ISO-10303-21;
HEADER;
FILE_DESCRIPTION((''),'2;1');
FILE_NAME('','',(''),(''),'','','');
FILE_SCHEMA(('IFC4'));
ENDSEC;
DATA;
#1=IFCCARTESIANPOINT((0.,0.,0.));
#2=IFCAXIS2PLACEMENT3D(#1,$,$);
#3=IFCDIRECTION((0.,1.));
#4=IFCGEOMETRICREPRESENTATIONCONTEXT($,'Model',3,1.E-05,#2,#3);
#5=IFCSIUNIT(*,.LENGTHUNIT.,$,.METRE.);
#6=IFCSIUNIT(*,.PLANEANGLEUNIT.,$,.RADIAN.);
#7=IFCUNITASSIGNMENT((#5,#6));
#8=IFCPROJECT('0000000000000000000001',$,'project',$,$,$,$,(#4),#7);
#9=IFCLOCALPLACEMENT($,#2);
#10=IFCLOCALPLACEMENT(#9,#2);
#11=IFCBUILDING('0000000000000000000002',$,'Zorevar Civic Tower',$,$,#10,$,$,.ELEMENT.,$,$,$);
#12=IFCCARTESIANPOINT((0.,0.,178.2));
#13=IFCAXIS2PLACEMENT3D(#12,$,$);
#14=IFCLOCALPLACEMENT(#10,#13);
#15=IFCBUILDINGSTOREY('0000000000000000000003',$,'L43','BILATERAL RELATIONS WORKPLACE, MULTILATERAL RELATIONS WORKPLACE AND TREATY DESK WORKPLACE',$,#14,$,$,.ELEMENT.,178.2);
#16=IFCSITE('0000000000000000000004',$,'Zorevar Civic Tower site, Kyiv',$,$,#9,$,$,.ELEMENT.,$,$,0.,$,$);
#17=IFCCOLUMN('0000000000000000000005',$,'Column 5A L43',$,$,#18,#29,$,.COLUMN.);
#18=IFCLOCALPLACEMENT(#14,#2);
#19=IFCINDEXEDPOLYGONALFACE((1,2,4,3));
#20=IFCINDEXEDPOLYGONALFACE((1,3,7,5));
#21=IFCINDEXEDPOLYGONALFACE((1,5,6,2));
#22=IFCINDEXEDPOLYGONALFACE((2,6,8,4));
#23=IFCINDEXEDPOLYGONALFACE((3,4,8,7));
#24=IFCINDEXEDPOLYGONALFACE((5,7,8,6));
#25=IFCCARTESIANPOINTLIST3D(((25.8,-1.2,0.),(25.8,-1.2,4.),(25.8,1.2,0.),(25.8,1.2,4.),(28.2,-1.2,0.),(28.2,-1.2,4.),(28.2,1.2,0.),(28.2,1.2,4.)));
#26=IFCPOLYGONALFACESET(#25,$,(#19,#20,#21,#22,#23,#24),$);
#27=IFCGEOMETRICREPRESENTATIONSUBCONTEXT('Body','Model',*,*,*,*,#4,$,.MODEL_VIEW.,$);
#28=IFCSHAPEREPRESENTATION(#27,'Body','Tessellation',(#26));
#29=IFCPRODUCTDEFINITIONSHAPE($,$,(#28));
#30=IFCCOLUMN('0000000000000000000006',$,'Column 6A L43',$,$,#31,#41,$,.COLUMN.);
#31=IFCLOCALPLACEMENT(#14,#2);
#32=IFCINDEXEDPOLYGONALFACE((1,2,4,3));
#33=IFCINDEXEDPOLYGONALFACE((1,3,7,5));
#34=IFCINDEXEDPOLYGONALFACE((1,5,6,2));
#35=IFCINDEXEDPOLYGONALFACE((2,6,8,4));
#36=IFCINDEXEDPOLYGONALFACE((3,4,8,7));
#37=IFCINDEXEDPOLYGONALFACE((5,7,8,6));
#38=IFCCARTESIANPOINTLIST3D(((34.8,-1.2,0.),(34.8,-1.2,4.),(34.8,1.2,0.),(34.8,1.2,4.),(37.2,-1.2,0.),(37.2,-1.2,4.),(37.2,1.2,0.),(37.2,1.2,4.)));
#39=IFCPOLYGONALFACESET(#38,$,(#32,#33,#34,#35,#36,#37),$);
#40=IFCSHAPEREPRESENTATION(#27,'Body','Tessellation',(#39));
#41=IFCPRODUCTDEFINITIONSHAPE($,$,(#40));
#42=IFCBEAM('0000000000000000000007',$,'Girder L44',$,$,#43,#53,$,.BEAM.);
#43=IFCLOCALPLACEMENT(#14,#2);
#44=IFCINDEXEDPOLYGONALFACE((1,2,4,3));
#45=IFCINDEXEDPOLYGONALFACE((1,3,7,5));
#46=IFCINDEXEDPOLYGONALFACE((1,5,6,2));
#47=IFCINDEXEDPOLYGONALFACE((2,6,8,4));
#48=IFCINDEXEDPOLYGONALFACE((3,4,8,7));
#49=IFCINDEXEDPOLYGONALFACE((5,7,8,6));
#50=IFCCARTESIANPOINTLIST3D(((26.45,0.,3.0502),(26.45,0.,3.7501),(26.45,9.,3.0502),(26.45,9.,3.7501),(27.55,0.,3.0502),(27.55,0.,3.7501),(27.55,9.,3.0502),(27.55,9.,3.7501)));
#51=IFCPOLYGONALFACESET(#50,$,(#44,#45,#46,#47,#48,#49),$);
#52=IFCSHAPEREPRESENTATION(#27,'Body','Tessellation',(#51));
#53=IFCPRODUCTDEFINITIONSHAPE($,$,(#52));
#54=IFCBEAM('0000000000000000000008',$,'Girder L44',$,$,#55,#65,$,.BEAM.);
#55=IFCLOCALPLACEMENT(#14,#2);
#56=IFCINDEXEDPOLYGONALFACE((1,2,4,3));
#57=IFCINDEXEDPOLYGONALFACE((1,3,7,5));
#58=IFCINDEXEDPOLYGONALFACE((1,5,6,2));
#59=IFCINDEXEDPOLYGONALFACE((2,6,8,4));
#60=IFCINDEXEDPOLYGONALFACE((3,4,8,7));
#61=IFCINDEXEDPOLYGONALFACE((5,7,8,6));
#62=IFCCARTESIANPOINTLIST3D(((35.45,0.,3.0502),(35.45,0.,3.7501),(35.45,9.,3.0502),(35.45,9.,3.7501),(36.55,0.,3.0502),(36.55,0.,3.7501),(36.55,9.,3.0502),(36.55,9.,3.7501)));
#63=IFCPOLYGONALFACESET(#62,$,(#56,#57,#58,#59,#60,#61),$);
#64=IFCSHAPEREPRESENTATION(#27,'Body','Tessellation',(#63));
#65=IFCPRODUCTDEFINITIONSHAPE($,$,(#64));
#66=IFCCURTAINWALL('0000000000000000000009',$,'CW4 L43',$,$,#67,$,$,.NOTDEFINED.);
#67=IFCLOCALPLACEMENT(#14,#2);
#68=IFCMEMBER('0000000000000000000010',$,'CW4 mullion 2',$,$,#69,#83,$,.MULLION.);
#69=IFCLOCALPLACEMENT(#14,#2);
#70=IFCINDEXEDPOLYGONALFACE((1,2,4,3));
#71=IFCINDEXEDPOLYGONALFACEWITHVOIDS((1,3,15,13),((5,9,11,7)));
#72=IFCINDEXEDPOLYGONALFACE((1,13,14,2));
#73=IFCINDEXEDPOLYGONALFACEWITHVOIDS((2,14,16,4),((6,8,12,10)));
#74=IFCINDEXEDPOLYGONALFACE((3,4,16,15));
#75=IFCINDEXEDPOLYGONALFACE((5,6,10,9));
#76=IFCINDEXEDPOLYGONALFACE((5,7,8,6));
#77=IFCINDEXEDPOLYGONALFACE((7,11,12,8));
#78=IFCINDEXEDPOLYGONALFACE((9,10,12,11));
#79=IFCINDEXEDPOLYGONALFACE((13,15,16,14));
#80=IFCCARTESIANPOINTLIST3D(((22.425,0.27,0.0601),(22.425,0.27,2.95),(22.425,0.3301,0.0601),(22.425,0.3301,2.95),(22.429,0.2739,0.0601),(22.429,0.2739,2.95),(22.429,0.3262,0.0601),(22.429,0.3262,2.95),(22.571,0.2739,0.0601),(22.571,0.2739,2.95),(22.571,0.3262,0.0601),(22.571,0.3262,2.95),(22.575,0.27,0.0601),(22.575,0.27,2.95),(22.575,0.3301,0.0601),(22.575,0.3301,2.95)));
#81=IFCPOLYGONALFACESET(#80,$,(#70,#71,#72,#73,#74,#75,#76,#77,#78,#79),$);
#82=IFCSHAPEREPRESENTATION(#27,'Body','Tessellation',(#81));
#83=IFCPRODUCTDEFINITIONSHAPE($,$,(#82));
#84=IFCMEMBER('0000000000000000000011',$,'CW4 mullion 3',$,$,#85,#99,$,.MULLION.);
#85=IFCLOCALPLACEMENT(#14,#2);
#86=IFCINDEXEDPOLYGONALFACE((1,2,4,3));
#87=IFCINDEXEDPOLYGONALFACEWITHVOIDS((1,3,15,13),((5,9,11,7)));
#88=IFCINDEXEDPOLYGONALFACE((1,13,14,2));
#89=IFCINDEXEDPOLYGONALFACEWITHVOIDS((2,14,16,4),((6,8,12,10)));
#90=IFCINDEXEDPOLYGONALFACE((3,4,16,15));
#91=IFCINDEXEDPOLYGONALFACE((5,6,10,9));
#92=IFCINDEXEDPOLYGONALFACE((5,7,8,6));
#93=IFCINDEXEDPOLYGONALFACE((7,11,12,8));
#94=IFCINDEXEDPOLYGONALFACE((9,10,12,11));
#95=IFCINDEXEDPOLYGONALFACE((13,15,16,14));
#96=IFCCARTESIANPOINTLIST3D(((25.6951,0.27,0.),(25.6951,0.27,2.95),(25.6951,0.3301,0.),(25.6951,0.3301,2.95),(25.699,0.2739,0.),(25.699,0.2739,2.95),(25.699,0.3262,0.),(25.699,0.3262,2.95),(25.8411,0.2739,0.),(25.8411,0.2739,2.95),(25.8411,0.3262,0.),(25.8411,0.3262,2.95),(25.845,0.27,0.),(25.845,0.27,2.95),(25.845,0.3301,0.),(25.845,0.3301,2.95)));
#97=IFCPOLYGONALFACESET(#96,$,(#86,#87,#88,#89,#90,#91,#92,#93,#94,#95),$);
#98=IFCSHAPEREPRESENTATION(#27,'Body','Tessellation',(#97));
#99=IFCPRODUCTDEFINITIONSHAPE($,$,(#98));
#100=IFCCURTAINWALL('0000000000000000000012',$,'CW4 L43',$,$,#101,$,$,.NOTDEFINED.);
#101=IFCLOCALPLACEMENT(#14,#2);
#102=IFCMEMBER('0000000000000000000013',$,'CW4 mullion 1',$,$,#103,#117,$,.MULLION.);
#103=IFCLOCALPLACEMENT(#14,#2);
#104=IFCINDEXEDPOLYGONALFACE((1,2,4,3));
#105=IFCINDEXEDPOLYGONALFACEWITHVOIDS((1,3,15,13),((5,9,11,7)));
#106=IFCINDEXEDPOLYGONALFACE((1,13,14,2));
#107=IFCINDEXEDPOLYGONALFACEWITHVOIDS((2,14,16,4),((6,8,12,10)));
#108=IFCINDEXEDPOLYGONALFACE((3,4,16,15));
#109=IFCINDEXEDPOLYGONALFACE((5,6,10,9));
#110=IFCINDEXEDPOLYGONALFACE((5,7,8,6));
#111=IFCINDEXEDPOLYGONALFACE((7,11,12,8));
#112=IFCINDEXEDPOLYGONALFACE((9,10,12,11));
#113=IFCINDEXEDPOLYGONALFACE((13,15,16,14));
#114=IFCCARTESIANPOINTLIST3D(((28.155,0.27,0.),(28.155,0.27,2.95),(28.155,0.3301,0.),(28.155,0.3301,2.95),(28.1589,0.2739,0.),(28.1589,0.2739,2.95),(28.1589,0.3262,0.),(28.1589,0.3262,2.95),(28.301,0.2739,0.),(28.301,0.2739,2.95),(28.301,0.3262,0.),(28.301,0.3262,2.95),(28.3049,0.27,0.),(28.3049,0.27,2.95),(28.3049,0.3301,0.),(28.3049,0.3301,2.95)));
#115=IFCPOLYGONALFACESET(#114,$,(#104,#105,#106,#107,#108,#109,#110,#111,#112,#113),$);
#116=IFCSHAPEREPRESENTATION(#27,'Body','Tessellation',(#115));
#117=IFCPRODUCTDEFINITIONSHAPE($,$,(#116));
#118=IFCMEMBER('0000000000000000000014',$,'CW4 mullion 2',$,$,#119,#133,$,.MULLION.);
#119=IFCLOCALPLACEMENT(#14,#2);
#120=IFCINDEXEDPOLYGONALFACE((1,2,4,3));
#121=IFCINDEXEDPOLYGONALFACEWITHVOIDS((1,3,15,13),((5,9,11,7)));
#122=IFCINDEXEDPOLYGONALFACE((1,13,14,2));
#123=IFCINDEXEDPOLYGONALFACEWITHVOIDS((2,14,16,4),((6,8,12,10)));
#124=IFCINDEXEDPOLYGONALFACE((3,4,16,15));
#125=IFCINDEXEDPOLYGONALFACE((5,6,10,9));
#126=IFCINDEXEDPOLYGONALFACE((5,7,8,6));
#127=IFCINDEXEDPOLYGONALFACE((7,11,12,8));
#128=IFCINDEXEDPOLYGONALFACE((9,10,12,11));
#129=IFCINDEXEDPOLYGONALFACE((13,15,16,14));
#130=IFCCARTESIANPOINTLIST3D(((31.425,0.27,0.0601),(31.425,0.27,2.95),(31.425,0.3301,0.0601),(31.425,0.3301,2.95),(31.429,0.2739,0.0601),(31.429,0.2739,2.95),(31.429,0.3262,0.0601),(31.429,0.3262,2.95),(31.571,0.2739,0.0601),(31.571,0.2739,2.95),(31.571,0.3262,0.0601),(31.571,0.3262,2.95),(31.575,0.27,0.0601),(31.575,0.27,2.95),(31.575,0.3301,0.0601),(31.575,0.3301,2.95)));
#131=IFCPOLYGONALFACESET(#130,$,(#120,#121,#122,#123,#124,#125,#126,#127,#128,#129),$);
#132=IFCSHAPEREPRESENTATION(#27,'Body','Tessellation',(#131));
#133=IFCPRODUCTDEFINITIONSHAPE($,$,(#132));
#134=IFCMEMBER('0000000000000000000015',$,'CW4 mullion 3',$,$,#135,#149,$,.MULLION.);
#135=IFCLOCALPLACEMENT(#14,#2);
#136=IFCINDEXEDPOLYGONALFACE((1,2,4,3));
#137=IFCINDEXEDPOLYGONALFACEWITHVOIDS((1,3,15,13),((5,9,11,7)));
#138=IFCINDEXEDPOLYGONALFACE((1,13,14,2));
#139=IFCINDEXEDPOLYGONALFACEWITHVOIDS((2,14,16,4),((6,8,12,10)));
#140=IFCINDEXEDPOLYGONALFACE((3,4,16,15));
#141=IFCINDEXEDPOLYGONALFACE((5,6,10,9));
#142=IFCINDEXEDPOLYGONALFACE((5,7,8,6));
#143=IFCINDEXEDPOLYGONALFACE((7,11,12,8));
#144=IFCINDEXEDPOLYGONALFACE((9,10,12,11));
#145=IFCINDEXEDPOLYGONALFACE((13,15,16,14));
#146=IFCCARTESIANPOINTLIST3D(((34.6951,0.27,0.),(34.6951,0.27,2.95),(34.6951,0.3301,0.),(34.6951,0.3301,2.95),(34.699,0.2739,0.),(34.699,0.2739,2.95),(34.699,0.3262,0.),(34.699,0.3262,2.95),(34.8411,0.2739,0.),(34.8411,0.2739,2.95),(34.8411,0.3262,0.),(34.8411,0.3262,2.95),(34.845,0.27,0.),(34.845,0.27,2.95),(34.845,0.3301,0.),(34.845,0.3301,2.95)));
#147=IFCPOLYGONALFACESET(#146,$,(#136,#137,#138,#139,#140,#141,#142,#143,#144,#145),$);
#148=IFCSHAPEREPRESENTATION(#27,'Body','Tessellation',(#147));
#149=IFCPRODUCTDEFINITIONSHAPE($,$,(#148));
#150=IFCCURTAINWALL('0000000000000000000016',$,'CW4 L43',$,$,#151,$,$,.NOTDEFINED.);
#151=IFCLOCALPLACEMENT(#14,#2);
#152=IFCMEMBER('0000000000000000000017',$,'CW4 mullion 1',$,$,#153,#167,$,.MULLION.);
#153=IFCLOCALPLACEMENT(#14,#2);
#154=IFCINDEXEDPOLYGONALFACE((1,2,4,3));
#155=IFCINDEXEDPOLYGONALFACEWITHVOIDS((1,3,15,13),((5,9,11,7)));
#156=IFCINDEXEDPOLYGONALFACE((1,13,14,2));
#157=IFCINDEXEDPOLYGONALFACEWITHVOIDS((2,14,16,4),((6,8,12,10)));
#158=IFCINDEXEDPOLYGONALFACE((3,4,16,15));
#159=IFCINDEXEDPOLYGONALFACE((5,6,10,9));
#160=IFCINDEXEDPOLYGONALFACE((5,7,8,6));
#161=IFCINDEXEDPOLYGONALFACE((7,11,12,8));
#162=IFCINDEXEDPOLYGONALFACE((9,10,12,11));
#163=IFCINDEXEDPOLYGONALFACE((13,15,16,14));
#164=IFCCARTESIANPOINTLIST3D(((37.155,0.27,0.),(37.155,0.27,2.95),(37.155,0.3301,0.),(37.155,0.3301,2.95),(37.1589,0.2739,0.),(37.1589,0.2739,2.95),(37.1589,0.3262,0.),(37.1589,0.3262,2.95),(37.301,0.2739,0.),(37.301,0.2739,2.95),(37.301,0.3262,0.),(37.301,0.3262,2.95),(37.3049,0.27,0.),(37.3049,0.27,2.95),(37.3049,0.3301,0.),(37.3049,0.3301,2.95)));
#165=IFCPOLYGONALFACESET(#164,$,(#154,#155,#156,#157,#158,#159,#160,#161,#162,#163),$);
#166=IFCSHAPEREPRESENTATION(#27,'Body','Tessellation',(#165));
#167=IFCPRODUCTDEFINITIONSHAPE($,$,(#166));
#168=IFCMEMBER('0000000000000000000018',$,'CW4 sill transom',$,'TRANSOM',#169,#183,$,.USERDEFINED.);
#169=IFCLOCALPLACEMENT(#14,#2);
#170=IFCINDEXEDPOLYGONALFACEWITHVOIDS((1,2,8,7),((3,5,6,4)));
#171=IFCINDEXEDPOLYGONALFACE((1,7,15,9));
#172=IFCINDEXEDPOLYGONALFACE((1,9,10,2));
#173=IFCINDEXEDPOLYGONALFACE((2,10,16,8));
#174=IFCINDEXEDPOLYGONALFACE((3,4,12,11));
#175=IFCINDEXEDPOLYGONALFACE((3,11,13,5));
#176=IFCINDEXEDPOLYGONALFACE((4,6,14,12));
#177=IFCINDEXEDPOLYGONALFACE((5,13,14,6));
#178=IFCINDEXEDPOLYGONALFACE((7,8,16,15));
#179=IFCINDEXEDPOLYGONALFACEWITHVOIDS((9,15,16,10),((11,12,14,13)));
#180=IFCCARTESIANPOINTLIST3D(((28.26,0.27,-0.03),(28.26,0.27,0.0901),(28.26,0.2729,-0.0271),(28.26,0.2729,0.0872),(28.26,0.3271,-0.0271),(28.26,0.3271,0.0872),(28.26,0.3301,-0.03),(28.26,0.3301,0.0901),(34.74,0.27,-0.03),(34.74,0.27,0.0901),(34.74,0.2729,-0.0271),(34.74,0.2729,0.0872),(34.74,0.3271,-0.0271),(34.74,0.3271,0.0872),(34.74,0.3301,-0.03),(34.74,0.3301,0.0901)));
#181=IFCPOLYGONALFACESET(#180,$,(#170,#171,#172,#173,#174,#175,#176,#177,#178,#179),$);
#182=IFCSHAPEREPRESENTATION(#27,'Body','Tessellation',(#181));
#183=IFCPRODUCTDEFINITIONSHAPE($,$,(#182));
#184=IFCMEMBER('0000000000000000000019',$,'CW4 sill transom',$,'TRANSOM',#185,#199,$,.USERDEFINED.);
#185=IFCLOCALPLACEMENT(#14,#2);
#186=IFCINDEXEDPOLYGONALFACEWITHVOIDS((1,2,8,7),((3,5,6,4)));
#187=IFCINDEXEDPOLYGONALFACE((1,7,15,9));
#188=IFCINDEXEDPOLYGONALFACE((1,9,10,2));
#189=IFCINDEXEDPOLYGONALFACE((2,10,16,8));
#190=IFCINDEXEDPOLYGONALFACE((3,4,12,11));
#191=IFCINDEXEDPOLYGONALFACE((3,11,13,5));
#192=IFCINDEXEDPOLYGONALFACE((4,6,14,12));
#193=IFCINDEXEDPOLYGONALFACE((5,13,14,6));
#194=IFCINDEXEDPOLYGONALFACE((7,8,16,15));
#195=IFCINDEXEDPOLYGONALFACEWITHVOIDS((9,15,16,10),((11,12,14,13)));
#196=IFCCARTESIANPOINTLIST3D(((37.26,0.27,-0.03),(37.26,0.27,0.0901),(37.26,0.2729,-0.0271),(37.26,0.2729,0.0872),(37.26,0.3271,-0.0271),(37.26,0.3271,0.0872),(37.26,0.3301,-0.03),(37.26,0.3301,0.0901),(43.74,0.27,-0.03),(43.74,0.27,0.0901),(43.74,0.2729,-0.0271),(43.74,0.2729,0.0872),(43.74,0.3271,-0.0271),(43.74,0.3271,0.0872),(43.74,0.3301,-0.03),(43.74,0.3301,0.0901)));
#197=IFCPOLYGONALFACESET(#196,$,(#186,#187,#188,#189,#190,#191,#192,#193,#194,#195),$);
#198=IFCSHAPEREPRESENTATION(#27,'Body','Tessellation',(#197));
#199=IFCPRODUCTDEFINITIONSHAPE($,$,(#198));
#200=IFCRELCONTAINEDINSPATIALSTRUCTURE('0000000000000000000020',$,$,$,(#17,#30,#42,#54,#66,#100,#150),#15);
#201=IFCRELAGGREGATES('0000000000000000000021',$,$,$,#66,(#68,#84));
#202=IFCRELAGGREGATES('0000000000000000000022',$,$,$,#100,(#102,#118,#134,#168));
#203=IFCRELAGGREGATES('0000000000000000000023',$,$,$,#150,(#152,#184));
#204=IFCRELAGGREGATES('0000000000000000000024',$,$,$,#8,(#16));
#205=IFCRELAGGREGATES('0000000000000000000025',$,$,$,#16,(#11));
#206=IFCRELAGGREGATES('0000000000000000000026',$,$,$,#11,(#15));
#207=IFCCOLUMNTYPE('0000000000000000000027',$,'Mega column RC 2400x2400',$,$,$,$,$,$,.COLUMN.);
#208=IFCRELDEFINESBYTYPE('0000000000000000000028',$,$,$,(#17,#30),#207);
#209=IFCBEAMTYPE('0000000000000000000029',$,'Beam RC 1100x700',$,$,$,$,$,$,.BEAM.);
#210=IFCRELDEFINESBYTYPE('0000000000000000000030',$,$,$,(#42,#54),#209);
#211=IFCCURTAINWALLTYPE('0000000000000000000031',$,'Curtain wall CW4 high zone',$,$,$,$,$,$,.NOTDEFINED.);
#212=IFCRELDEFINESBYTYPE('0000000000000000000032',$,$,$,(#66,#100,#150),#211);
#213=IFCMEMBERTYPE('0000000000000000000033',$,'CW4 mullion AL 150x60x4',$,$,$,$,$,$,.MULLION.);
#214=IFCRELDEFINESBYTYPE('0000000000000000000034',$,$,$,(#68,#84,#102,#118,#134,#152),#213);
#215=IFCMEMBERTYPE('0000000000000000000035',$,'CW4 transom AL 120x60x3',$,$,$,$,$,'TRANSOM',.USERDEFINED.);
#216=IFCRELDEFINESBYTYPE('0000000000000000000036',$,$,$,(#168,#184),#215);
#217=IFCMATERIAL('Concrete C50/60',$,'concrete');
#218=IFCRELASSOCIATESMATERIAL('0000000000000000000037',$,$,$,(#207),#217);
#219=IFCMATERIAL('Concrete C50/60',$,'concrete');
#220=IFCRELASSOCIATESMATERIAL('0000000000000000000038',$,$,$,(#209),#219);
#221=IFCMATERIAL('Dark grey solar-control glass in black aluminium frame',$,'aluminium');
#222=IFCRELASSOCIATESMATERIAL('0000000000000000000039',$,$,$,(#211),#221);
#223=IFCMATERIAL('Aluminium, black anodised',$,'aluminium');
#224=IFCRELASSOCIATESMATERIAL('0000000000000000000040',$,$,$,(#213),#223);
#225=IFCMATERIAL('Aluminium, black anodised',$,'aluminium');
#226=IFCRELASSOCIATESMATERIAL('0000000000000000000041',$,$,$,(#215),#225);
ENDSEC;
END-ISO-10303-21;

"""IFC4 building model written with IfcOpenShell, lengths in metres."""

from ifc_helpers import new_model, si_unit, direction, frame, origin, origin_2d, place, context, subcontext, project, spatial, rectangle, hollow_rectangle, extrude, material, material_profile, profile_set, type_object, element, aggregate, save


model = new_model("IFC4")

# Units and contexts
model_context = context("Model", 3, precision=1e-05, world=origin(), true_north=direction((0.0, 1.0)))
body_context = subcontext(model_context, "Body", "Model", "MODEL_VIEW")
ifc_project = project(units=[si_unit("LENGTHUNIT", "METRE"), si_unit("PLANEANGLEUNIT", "RADIAN")], contexts=[model_context])

# Site, building, storey
site_placement = place(None, origin())
site = spatial("IfcSite", under=ifc_project, at=site_placement, Name="Zorevar Civic Tower site, Kyiv", CompositionType="ELEMENT", RefElevation=0.0)
building_placement = place(site_placement, origin())
building = spatial("IfcBuilding", under=site, at=building_placement, Name="Zorevar Civic Tower", CompositionType="ELEMENT")
storey_placement = place(building_placement, frame((0.0, 0.0, 178.2)))
storey = spatial("IfcBuildingStorey", under=building, at=storey_placement, Name="L43", Description="BILATERAL RELATIONS WORKPLACE, MULTILATERAL RELATIONS WORKPLACE AND TREATY DESK WORKPLACE", CompositionType="ELEMENT", Elevation=178.2)

# Columns
ifc_material_1 = material(Name="Concrete C50/60", Category="concrete")
ifc_material_profile_1 = material_profile(ifc_material_1, rectangle(XDim=2.3999, YDim=2.3999, at=origin_2d()), Name="RC 2400x2400")
ifc_profile_set_1 = profile_set([ifc_material_profile_1], Name="Concrete C50/60")
column_type = type_object("IfcColumnType", Name="Mega column RC 2400x2400", PredefinedType="COLUMN", material=ifc_profile_set_1)
for number, where, z_axis, x_axis, name in (
    (1, (27.0, 0.0, 0.0), (0.0, 0.0, 1.0), (1.0, 0.0, 0.0), "Column 5A L43"),
    (2, (36.0, 0.0, 0.0), (0.0, 0.0, 1.0), (1.0, 0.0, 0.0), "Column 6A L43"),
):
    element("IfcColumn", number, at=place(storey_placement, frame(where, z_axis=z_axis, x_axis=x_axis)), inside=storey, type_object=column_type, Name=name, PredefinedType="COLUMN", context=body_context, shape_type="SweptSolid", body=[
        extrude(rectangle(XDim=2.3999, YDim=2.3999, at=origin_2d()), origin(), (0.0, 0.0, 1.0), 4.0),
    ])

# Beams
ifc_material_2 = material(Name="Concrete C50/60", Category="concrete")
ifc_material_profile_2 = material_profile(ifc_material_2, rectangle(XDim=1.1001, YDim=0.7, at=origin_2d()), Name="RC 1100x700")
ifc_profile_set_2 = profile_set([ifc_material_profile_2], Name="Concrete C50/60")
beam_type_1 = type_object("IfcBeamType", Name="Beam RC 1100x700", PredefinedType="BEAM", material=ifc_profile_set_2)
for number, where, z_axis, x_axis, name in (
    (3, (27.0, 0.0, 3.4001), (0.0, 1.0, 0.0), (-1.0, 0.0, 0.0), "Girder L44"),
    (4, (36.0, 0.0, 3.4001), (0.0, 1.0, 0.0), (-1.0, 0.0, 0.0), "Girder L44"),
):
    element("IfcBeam", number, at=place(storey_placement, frame(where, z_axis=z_axis, x_axis=x_axis)), inside=storey, type_object=beam_type_1, Name=name, PredefinedType="BEAM", context=body_context, shape_type="SweptSolid", body=[
        extrude(rectangle(XDim=1.1001, YDim=0.7, at=origin_2d()), origin(), (0.0, 0.0, 1.0), 9.0),
    ])

# Curtain walls, members
ifc_material_3 = material(Name="Dark grey solar-control glass in black aluminium frame", Category="aluminium")
curtain_wall_type = type_object("IfcCurtainWallType", Name="Curtain wall CW4 high zone", PredefinedType="NOTDEFINED", material=ifc_material_3)
curtain_wall_1_placement = place(storey_placement, origin())
curtain_wall_1 = element("IfcCurtainWall", 5, at=curtain_wall_1_placement, inside=storey, type_object=curtain_wall_type, Name="CW4 L43", PredefinedType="NOTDEFINED")
ifc_material_4 = material(Name="Aluminium, black anodised", Category="aluminium")
ifc_material_profile_3 = material_profile(ifc_material_4, hollow_rectangle(XDim=0.0601, YDim=0.1499, WallThickness=0.0039, at=origin_2d()), Name="AL 150x60x4")
ifc_profile_set_3 = profile_set([ifc_material_profile_3], Name="Aluminium, black anodised")
member_type_1 = type_object("IfcMemberType", Name="CW4 mullion AL 150x60x4", PredefinedType="MULLION", material=ifc_profile_set_3)
member_1_placement = place(storey_placement, frame((22.5, 0.3, 0.0601), z_axis=(0.0, 0.0, 1.0), x_axis=(0.0, 1.0, 0.0)))
member_1 = element("IfcMember", 6, at=member_1_placement, type_object=member_type_1, Name="CW4 mullion 2", PredefinedType="MULLION", context=body_context, shape_type="SweptSolid", body=[
    extrude(hollow_rectangle(XDim=0.0601, YDim=0.1499, WallThickness=0.0039, at=origin_2d()), origin(), (0.0, 0.0, 1.0), 2.8899),
])
member_2_placement = place(storey_placement, frame((25.77, 0.3, 0.0), z_axis=(0.0, 0.0, 1.0), x_axis=(0.0, 1.0, 0.0)))
member_2 = element("IfcMember", 7, at=member_2_placement, type_object=member_type_1, Name="CW4 mullion 3", PredefinedType="MULLION", context=body_context, shape_type="SweptSolid", body=[
    extrude(hollow_rectangle(XDim=0.0601, YDim=0.1499, WallThickness=0.0039, at=origin_2d()), origin(), (0.0, 0.0, 1.0), 2.95),
])
curtain_wall_2_placement = place(storey_placement, origin())
curtain_wall_2 = element("IfcCurtainWall", 8, at=curtain_wall_2_placement, inside=storey, type_object=curtain_wall_type, Name="CW4 L43", PredefinedType="NOTDEFINED")
member_3_placement = place(storey_placement, frame((28.23, 0.3, 0.0), z_axis=(0.0, 0.0, 1.0), x_axis=(0.0, 1.0, 0.0)))
member_3 = element("IfcMember", 9, at=member_3_placement, type_object=member_type_1, Name="CW4 mullion 1", PredefinedType="MULLION", context=body_context, shape_type="SweptSolid", body=[
    extrude(hollow_rectangle(XDim=0.0601, YDim=0.1499, WallThickness=0.0039, at=origin_2d()), origin(), (0.0, 0.0, 1.0), 2.95),
])
member_4_placement = place(storey_placement, frame((31.5, 0.3, 0.0601), z_axis=(0.0, 0.0, 1.0), x_axis=(0.0, 1.0, 0.0)))
member_4 = element("IfcMember", 10, at=member_4_placement, type_object=member_type_1, Name="CW4 mullion 2", PredefinedType="MULLION", context=body_context, shape_type="SweptSolid", body=[
    extrude(hollow_rectangle(XDim=0.0601, YDim=0.1499, WallThickness=0.0039, at=origin_2d()), origin(), (0.0, 0.0, 1.0), 2.8899),
])
member_5_placement = place(storey_placement, frame((34.77, 0.3, 0.0), z_axis=(0.0, 0.0, 1.0), x_axis=(0.0, 1.0, 0.0)))
member_5 = element("IfcMember", 11, at=member_5_placement, type_object=member_type_1, Name="CW4 mullion 3", PredefinedType="MULLION", context=body_context, shape_type="SweptSolid", body=[
    extrude(hollow_rectangle(XDim=0.0601, YDim=0.1499, WallThickness=0.0039, at=origin_2d()), origin(), (0.0, 0.0, 1.0), 2.95),
])

# Curtain wall, member
curtain_wall_3_placement = place(storey_placement, origin())
curtain_wall_3 = element("IfcCurtainWall", 12, at=curtain_wall_3_placement, inside=storey, type_object=curtain_wall_type, Name="CW4 L43", PredefinedType="NOTDEFINED")
member_6_placement = place(storey_placement, frame((37.23, 0.3, 0.0), z_axis=(0.0, 0.0, 1.0), x_axis=(0.0, 1.0, 0.0)))
member_6 = element("IfcMember", 13, at=member_6_placement, type_object=member_type_1, Name="CW4 mullion 1", PredefinedType="MULLION", context=body_context, shape_type="SweptSolid", body=[
    extrude(hollow_rectangle(XDim=0.0601, YDim=0.1499, WallThickness=0.0039, at=origin_2d()), origin(), (0.0, 0.0, 1.0), 2.95),
])

# Members
ifc_material_5 = material(Name="Aluminium, black anodised", Category="aluminium")
ifc_material_profile_4 = material_profile(ifc_material_5, hollow_rectangle(XDim=0.0601, YDim=0.1201, WallThickness=0.0029, at=origin_2d()), Name="AL 120x60x3")
ifc_profile_set_4 = profile_set([ifc_material_profile_4], Name="Aluminium, black anodised")
member_type_2 = type_object("IfcMemberType", Name="CW4 transom AL 120x60x3", ElementType="TRANSOM", PredefinedType="USERDEFINED", material=ifc_profile_set_4)
member_7_placement = place(storey_placement, frame((28.26, 0.3, 0.03), z_axis=(1.0, 0.0, 0.0), x_axis=(0.0, 1.0, 0.0)))
member_7 = element("IfcMember", 14, at=member_7_placement, type_object=member_type_2, Name="CW4 sill transom", ObjectType="TRANSOM", PredefinedType="USERDEFINED", context=body_context, shape_type="SweptSolid", body=[
    extrude(hollow_rectangle(XDim=0.0601, YDim=0.1201, WallThickness=0.0029, at=origin_2d()), origin(), (0.0, 0.0, 1.0), 6.48),
])
member_8_placement = place(storey_placement, frame((37.26, 0.3, 0.03), z_axis=(1.0, 0.0, 0.0), x_axis=(0.0, 1.0, 0.0)))
member_8 = element("IfcMember", 15, at=member_8_placement, type_object=member_type_2, Name="CW4 sill transom", ObjectType="TRANSOM", PredefinedType="USERDEFINED", context=body_context, shape_type="SweptSolid", body=[
    extrude(hollow_rectangle(XDim=0.0601, YDim=0.1201, WallThickness=0.0029, at=origin_2d()), origin(), (0.0, 0.0, 1.0), 6.48),
])

aggregate(curtain_wall_1, [member_1, member_2])
aggregate(curtain_wall_2, [member_3, member_4, member_5, member_7])
aggregate(curtain_wall_3, [member_6, member_8])

save(model, "model.ifc")
